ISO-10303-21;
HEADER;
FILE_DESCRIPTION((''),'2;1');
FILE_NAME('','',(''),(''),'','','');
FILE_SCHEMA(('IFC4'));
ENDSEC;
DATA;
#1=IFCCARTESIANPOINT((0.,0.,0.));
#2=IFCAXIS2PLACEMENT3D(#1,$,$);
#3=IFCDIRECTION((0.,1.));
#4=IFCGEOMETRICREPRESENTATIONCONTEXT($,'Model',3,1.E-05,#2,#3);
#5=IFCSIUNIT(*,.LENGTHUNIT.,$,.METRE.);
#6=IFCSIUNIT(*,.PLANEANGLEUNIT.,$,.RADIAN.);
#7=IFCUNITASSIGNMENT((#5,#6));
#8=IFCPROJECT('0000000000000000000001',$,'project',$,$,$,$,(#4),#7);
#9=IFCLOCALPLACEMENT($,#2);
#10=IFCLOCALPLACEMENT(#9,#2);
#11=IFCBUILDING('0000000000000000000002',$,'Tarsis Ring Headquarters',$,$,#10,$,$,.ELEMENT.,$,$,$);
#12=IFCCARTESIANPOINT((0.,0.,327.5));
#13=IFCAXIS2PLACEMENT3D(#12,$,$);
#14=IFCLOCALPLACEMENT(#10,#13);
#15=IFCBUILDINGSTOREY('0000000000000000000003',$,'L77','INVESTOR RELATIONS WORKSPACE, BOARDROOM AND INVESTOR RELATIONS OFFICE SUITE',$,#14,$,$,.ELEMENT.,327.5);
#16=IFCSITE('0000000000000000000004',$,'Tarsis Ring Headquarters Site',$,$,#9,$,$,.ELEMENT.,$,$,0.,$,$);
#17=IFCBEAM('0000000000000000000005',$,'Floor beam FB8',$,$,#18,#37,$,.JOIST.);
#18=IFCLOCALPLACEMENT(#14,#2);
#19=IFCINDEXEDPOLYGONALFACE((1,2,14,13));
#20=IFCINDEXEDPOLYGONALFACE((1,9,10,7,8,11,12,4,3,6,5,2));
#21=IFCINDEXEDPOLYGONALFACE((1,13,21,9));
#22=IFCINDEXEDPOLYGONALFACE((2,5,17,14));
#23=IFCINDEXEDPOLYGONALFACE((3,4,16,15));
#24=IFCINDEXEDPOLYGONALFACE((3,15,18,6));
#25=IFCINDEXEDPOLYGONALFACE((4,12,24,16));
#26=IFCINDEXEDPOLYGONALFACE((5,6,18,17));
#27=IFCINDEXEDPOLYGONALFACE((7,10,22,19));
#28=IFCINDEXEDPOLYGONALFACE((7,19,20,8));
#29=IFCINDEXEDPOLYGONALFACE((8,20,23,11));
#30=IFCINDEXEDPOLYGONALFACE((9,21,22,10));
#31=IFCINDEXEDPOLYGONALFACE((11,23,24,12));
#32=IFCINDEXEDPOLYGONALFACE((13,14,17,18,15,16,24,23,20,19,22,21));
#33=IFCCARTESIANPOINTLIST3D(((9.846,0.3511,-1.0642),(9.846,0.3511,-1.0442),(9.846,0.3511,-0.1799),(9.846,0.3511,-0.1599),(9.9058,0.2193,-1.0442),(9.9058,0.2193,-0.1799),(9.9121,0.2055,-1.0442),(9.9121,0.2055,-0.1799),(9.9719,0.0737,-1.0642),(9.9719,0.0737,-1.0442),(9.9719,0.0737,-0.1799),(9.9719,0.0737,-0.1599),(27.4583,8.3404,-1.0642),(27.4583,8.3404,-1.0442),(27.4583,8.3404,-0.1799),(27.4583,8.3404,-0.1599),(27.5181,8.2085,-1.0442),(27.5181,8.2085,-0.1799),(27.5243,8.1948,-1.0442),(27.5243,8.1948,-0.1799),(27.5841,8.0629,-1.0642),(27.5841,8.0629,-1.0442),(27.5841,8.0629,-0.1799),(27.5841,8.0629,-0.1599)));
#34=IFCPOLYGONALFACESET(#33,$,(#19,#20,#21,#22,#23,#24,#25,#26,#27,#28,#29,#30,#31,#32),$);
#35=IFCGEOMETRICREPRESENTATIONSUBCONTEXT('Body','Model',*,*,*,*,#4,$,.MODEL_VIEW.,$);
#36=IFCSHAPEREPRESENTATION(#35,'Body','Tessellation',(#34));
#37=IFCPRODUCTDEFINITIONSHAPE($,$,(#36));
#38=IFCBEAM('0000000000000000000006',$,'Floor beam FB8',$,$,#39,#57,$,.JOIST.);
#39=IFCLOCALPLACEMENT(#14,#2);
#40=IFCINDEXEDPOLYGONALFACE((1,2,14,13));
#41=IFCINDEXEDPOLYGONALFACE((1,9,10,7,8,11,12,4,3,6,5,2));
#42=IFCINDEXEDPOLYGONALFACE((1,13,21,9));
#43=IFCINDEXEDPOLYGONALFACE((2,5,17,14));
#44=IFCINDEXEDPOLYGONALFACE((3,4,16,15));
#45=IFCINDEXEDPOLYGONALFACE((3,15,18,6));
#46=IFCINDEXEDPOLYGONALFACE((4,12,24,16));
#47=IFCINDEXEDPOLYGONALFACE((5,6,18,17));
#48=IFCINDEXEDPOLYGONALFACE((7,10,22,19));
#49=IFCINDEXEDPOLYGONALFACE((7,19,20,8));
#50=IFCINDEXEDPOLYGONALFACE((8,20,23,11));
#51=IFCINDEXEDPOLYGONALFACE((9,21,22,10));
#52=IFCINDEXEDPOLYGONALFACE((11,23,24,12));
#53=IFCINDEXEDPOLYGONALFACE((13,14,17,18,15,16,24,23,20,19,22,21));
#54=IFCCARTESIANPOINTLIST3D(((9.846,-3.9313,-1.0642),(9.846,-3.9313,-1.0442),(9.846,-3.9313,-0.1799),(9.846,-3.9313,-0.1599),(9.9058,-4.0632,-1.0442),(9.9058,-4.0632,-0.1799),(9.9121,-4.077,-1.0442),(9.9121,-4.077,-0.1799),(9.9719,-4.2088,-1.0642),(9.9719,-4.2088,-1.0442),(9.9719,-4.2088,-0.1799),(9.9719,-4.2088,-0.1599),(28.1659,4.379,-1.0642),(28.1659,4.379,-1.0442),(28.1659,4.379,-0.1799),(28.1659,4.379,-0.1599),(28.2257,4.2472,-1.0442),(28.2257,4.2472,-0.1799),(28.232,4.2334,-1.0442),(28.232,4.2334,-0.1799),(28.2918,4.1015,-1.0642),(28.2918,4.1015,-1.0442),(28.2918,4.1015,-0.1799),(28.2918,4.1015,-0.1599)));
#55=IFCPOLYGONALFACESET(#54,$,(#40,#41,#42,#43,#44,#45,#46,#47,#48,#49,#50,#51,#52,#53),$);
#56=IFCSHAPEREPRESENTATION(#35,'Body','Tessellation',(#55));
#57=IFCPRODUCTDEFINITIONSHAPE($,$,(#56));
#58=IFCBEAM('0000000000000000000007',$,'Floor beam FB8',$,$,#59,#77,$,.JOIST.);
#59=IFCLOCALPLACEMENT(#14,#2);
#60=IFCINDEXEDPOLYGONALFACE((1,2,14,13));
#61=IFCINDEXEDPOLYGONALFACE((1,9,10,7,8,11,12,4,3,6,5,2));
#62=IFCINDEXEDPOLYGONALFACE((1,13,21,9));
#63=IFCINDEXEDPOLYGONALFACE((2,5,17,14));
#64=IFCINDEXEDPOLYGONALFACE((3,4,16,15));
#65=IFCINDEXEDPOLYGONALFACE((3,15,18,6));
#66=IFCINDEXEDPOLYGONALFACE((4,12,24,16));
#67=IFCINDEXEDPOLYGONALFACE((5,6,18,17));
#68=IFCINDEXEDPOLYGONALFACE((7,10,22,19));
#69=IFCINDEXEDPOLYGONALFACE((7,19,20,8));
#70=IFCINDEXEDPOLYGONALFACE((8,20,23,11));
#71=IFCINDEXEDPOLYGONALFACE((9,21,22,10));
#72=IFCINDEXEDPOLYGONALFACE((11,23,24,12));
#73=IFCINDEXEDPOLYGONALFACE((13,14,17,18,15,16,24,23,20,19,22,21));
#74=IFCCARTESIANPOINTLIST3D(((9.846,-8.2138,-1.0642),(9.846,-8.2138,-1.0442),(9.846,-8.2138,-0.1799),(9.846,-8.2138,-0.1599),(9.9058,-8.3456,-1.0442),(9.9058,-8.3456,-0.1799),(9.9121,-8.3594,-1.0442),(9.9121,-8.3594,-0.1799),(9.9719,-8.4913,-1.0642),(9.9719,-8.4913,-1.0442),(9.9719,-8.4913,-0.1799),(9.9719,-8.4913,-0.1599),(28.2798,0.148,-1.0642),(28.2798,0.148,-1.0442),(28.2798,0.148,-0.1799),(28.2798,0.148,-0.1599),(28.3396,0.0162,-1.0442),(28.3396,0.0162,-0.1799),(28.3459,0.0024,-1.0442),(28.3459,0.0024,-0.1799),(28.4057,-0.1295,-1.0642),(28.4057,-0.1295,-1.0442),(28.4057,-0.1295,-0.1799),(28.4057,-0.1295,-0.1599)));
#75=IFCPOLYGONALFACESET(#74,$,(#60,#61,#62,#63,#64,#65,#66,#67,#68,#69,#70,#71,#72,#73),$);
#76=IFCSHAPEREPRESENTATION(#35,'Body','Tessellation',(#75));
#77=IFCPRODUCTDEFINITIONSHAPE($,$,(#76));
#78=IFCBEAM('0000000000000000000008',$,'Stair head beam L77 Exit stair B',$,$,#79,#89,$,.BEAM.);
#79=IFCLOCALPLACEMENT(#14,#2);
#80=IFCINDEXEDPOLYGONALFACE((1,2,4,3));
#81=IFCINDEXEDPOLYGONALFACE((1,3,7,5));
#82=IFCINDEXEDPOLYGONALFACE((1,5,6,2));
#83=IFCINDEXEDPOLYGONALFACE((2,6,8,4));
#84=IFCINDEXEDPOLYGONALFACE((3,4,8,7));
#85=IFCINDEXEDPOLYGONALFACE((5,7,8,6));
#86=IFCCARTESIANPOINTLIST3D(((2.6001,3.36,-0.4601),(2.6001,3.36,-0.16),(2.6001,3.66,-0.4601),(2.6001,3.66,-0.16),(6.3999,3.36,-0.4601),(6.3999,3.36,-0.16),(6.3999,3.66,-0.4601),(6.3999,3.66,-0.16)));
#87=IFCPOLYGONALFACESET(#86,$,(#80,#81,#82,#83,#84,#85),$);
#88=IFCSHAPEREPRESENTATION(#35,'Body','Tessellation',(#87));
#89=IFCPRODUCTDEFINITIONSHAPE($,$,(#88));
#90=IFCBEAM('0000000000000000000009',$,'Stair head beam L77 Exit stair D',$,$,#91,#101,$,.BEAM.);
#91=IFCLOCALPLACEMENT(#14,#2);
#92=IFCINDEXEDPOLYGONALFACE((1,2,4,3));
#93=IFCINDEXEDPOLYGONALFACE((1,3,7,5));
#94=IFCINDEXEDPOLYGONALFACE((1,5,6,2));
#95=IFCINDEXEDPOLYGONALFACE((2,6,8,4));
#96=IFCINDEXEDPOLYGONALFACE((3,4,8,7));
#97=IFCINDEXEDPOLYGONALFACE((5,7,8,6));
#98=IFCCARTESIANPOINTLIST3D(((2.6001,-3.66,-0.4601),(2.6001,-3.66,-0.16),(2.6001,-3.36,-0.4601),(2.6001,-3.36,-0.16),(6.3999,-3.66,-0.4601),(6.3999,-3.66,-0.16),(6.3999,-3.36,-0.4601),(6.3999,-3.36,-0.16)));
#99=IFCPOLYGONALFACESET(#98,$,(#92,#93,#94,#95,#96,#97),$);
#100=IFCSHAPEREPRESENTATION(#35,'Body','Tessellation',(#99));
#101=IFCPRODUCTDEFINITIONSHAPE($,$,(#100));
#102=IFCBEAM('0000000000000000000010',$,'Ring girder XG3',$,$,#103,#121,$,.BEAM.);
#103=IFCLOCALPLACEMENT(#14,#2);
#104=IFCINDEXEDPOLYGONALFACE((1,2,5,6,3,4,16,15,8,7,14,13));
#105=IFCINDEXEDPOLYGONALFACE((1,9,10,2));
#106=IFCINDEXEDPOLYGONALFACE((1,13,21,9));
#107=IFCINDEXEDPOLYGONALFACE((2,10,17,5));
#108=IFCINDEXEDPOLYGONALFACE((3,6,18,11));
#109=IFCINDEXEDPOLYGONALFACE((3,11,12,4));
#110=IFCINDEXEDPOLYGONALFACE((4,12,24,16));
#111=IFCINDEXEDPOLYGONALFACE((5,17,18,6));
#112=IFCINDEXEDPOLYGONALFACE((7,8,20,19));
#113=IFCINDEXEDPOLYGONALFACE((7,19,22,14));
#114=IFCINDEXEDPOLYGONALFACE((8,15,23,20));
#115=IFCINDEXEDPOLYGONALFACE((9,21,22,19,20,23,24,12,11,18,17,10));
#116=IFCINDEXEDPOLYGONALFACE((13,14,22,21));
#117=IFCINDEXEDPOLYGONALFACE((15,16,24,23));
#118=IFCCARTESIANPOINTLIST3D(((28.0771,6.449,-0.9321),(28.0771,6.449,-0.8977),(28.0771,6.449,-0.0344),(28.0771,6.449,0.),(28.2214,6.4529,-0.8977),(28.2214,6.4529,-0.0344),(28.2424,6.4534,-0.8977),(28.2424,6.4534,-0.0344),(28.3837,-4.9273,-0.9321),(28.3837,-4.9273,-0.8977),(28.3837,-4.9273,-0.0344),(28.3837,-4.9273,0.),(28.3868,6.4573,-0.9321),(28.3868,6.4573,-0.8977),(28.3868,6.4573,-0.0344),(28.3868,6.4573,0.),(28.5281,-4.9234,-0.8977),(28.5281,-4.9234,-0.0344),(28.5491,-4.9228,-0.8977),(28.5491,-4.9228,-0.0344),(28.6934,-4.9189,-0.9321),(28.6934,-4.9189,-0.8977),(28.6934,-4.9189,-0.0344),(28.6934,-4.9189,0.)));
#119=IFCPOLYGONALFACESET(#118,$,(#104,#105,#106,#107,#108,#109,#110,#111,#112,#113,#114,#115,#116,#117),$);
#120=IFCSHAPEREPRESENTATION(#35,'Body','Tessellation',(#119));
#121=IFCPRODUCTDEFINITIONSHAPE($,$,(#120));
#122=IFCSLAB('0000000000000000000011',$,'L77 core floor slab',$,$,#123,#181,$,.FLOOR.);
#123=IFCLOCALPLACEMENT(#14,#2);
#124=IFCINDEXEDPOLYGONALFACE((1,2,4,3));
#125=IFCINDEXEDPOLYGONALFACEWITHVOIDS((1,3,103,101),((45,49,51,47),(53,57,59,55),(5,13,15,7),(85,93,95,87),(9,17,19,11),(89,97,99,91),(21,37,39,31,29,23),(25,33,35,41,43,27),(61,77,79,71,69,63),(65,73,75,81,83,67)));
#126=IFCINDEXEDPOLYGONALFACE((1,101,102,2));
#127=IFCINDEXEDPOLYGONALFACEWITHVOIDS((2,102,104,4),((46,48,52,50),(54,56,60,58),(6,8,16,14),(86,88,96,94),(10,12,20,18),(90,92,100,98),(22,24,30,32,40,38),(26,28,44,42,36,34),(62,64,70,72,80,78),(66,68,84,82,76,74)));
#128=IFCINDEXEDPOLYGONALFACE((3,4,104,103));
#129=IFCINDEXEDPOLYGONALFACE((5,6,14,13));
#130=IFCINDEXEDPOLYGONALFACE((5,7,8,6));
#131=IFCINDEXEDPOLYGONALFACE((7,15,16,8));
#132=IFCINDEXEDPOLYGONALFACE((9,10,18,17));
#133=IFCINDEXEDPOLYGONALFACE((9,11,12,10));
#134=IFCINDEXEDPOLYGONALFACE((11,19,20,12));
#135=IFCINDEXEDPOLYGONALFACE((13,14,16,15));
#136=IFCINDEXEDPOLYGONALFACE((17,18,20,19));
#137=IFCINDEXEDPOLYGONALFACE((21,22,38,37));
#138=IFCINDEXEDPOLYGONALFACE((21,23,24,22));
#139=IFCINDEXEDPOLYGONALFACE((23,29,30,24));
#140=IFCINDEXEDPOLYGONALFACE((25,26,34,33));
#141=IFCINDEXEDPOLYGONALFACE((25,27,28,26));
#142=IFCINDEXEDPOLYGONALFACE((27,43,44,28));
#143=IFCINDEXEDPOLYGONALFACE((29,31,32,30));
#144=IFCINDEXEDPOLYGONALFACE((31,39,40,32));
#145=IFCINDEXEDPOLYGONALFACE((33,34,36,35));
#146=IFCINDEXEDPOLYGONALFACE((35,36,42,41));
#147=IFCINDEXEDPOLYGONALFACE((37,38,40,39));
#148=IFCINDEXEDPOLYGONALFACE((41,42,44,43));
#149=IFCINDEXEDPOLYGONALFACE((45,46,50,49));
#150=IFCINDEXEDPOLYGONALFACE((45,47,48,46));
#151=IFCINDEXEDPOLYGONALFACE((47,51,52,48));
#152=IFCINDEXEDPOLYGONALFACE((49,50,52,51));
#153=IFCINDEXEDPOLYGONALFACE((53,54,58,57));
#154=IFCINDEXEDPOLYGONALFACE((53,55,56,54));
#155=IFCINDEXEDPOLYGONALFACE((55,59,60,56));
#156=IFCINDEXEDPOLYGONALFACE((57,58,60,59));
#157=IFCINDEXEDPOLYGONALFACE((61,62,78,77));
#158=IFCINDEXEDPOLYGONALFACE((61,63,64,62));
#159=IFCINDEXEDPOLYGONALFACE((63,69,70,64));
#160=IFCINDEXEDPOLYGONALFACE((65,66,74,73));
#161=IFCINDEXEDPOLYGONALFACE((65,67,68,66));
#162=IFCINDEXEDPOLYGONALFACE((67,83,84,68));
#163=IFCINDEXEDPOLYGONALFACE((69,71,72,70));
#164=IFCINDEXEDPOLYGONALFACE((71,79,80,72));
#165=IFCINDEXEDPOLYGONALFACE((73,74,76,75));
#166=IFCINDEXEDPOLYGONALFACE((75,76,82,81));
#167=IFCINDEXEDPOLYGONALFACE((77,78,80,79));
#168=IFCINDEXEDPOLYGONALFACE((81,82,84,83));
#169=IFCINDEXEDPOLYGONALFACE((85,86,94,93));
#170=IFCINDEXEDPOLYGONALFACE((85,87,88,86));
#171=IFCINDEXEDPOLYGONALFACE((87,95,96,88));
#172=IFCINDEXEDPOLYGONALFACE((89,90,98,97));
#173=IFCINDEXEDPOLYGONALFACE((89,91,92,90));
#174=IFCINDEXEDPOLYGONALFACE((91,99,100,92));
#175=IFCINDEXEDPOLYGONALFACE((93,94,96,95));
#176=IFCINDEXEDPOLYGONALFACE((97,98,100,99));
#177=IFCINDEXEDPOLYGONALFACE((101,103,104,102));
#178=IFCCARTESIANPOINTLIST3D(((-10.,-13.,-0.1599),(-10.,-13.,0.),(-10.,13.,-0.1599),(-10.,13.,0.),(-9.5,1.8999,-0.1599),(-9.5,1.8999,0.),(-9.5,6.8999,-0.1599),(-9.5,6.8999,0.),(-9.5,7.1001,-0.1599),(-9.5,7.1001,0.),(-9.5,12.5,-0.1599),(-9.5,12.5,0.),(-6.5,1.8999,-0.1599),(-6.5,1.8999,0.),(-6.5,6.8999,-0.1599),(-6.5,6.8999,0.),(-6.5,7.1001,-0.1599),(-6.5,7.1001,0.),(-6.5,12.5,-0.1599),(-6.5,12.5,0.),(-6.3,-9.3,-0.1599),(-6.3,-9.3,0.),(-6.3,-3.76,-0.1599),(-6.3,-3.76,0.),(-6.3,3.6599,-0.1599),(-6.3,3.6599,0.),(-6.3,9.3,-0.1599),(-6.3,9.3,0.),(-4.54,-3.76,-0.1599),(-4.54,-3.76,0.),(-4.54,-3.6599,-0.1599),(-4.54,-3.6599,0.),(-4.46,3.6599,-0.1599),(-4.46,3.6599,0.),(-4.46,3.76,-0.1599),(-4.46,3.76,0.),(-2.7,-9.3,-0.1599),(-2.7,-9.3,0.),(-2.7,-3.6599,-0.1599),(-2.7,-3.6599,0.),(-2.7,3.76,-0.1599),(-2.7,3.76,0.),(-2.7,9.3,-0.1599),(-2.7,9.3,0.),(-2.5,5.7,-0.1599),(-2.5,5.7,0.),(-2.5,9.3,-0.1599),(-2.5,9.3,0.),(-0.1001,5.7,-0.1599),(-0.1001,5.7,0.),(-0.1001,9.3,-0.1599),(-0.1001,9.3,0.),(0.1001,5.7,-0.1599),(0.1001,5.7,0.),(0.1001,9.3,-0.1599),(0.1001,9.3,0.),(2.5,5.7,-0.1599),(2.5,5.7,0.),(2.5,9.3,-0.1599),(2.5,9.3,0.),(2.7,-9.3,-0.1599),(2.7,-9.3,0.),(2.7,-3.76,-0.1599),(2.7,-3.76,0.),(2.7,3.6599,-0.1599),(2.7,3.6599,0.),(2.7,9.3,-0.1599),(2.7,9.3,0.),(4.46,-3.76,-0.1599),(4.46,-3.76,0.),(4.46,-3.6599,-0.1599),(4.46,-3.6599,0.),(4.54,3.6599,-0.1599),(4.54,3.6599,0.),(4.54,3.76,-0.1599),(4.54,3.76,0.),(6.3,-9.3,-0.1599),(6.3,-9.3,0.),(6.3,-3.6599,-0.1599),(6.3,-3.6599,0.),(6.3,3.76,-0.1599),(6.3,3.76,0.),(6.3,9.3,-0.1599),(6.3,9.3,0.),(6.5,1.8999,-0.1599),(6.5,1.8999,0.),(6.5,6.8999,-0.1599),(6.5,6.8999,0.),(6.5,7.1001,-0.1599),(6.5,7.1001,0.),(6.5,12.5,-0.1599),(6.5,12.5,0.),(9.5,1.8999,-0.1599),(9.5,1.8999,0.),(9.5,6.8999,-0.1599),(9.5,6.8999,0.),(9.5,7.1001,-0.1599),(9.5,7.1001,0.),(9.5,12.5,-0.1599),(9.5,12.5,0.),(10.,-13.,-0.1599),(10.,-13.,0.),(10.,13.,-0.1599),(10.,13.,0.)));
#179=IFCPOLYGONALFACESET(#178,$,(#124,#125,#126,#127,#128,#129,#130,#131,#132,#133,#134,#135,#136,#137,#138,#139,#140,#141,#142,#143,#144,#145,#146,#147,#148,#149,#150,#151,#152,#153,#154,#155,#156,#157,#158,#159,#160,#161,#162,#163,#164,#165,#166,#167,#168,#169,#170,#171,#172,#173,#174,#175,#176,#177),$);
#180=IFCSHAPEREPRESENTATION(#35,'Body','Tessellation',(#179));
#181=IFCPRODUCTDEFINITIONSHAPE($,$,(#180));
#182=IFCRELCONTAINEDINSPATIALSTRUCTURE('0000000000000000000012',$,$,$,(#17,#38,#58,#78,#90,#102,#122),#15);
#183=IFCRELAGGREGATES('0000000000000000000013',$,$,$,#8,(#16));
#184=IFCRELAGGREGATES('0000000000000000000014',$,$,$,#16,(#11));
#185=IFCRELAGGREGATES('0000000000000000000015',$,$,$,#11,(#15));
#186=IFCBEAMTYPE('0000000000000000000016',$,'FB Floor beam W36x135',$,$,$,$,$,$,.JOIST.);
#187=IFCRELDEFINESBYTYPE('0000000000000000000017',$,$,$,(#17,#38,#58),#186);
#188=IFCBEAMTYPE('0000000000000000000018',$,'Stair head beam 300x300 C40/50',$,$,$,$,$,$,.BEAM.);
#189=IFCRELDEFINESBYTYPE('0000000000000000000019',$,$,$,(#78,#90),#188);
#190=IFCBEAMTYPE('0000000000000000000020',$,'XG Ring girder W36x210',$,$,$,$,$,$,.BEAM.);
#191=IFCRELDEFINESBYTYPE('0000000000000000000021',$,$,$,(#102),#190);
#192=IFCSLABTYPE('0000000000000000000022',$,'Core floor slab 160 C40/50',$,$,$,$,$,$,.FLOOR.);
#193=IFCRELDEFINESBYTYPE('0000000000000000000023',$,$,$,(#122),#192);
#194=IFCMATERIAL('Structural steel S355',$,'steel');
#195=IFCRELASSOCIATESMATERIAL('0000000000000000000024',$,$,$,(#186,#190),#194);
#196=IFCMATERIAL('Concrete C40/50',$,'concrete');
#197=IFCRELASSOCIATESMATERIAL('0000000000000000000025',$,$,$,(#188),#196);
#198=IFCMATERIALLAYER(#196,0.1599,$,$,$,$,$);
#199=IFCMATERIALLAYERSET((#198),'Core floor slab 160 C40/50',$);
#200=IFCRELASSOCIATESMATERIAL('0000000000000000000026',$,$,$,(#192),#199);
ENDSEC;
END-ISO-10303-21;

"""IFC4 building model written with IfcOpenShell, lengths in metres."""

from ifc_helpers import new_model, si_unit, direction, frame, origin, origin_2d, place, context, subcontext, project, spatial, polyline, rectangle, i_section, outline, extrude, material, layer, layer_set, material_profile, profile_set, type_object, element, save


model = new_model("IFC4")

# Units and contexts
model_context = context("Model", 3, precision=1e-05, world=origin(), true_north=direction((0.0, 1.0)))
body_context = subcontext(model_context, "Body", "Model", "MODEL_VIEW")
ifc_project = project(units=[si_unit("LENGTHUNIT", "METRE"), si_unit("PLANEANGLEUNIT", "RADIAN")], contexts=[model_context])

# Site, building, storey
site_placement = place(None, origin())
site = spatial("IfcSite", under=ifc_project, at=site_placement, Name="Tarsis Ring Headquarters Site", CompositionType="ELEMENT", RefElevation=0.0)
building_placement = place(site_placement, origin())
building = spatial("IfcBuilding", under=site, at=building_placement, Name="Tarsis Ring Headquarters", CompositionType="ELEMENT")
storey_placement = place(building_placement, frame((0.0, 0.0, 327.5)))
storey = spatial("IfcBuildingStorey", under=building, at=storey_placement, Name="L77", Description="INVESTOR RELATIONS WORKSPACE, BOARDROOM AND INVESTOR RELATIONS OFFICE SUITE", CompositionType="ELEMENT", Elevation=327.5)

# Shared definitions
ifc_material_1 = material(Name="Structural steel S355", Category="steel")

# Beams
ifc_material_profile_1 = material_profile(ifc_material_1, i_section(OverallWidth=0.3047, OverallDepth=0.9043, WebThickness=0.0151, FlangeThickness=0.02, at=origin_2d()), Name="W36x135")
ifc_profile_set_1 = profile_set([ifc_material_profile_1], Name="Structural steel S355")
beam_type_1 = type_object("IfcBeamType", Name="FB Floor beam W36x135", PredefinedType="JOIST", material=ifc_profile_set_1)
beam_1_placement = place(storey_placement, frame((9.9089, 0.2124, -0.6121), z_axis=(0.910684, 0.413103, 0.0), x_axis=(-0.413103, 0.910684, 0.0)))
element("IfcBeam", 1, at=beam_1_placement, inside=storey, type_object=beam_type_1, Name="Floor beam FB8", PredefinedType="JOIST", context=body_context, shape_type="SweptSolid", body=[
    extrude(i_section(OverallWidth=0.3047, OverallDepth=0.9043, WebThickness=0.0151, FlangeThickness=0.02, at=origin_2d()), origin(), (0.0, 0.0, 1.0), 19.3396),
])
beam_2_placement = place(storey_placement, frame((9.9089, -4.0701, -0.6121), z_axis=(0.910683, 0.413107, 0.0), x_axis=(-0.413107, 0.910683, 0.0)))
element("IfcBeam", 2, at=beam_2_placement, inside=storey, type_object=beam_type_1, Name="Floor beam FB8", PredefinedType="JOIST", context=body_context, shape_type="SweptSolid", body=[
    extrude(i_section(OverallWidth=0.3047, OverallDepth=0.9043, WebThickness=0.0151, FlangeThickness=0.02, at=origin_2d()), origin(), (0.0, 0.0, 1.0), 20.1167),
])
beam_3_placement = place(storey_placement, frame((9.9089, -8.3525, -0.6121), z_axis=(0.910686, 0.413099, 0.0), x_axis=(-0.413099, 0.910686, 0.0)))
element("IfcBeam", 3, at=beam_3_placement, inside=storey, type_object=beam_type_1, Name="Floor beam FB8", PredefinedType="JOIST", context=body_context, shape_type="SweptSolid", body=[
    extrude(i_section(OverallWidth=0.3047, OverallDepth=0.9043, WebThickness=0.0151, FlangeThickness=0.02, at=origin_2d()), origin(), (0.0, 0.0, 1.0), 20.2417),
])
ifc_material_2 = material(Name="Concrete C40/50", Category="concrete")
ifc_material_profile_2 = material_profile(ifc_material_2, rectangle(XDim=0.3, YDim=0.3, at=origin_2d()), Name="Stair head beam 300x300 C40/50")
ifc_profile_set_2 = profile_set([ifc_material_profile_2], Name="Concrete C40/50")
beam_type_2 = type_object("IfcBeamType", Name="Stair head beam 300x300 C40/50", PredefinedType="BEAM", material=ifc_profile_set_2)
for number, where, z_axis, x_axis, name in (
    (4, (2.6001, 3.51, -0.3101), (1.0, 0.0, 0.0), (0.0, 1.0, 0.0), "Stair head beam L77 Exit stair B"),
    (5, (2.6001, -3.51, -0.3101), (1.0, 0.0, 0.0), (0.0, 1.0, 0.0), "Stair head beam L77 Exit stair D"),
):
    element("IfcBeam", number, at=place(storey_placement, frame(where, z_axis=z_axis, x_axis=x_axis)), inside=storey, type_object=beam_type_2, Name=name, PredefinedType="BEAM", context=body_context, shape_type="SweptSolid", body=[
        extrude(rectangle(XDim=0.3, YDim=0.3, at=origin_2d()), origin(), (0.0, 0.0, 1.0), 3.7998),
    ])
ifc_material_profile_3 = material_profile(ifc_material_1, i_section(OverallWidth=0.3098, OverallDepth=0.9321, WebThickness=0.021, FlangeThickness=0.0344, at=origin_2d()), Name="W36x210")
ifc_profile_set_3 = profile_set([ifc_material_profile_3], Name="Structural steel S355")
beam_type_3 = type_object("IfcBeamType", Name="XG Ring girder W36x210", PredefinedType="BEAM", material=ifc_profile_set_3)
beam_4_placement = place(storey_placement, frame((28.5386, -4.9231, -0.4661), z_axis=(-0.026945, 0.999637, 0.0), x_axis=(-0.999637, -0.026945, 0.0)))
element("IfcBeam", 6, at=beam_4_placement, inside=storey, type_object=beam_type_3, Name="Ring girder XG3", PredefinedType="BEAM", context=body_context, shape_type="SweptSolid", body=[
    extrude(i_section(OverallWidth=0.3098, OverallDepth=0.9321, WebThickness=0.021, FlangeThickness=0.0344, at=origin_2d()), origin(), (0.0, 0.0, 1.0), 11.3804),
])

# Slab
ifc_layer_1 = layer(ifc_material_2, 0.1599)
ifc_layer_set_1 = layer_set([ifc_layer_1], Name="Core floor slab 160 C40/50")
slab_type_1 = type_object("IfcSlabType", Name="Core floor slab 160 C40/50", PredefinedType="FLOOR", material=ifc_layer_set_1)
slab_1_placement = place(storey_placement, frame((0.0, 0.0, -0.1599)))
element("IfcSlab", 7, at=slab_1_placement, inside=storey, type_object=slab_type_1, Name="L77 core floor slab", PredefinedType="FLOOR", context=body_context, shape_type="SweptSolid", body=[
    extrude(outline(polyline([(-10.0, -13.0), (10.0, -13.0), (10.0, 13.0), (-10.0, 13.0), (-10.0, -13.0)]), holes=[polyline([(-2.5, 5.7), (-0.1001, 5.7), (-0.1001, 9.3), (-2.5, 9.3), (-2.5, 5.7)]), polyline([(0.1001, 5.7), (2.5, 5.7), (2.5, 9.3), (0.1001, 9.3), (0.1001, 5.7)]), polyline([(-9.5, 1.8999), (-6.5, 1.8999), (-6.5, 6.8999), (-9.5, 6.8999), (-9.5, 1.8999)]), polyline([(-9.5, 7.1001), (-6.5, 7.1001), (-6.5, 12.5), (-9.5, 12.5), (-9.5, 7.1001)]), polyline([(6.5, 1.8999), (9.5, 1.8999), (9.5, 6.8999), (6.5, 6.8999), (6.5, 1.8999)]), polyline([(6.5, 7.1001), (9.5, 7.1001), (9.5, 12.5), (6.5, 12.5), (6.5, 7.1001)]), polyline([(-2.7, 3.76), (-2.7, 9.3), (-6.3, 9.3), (-6.3, 3.6599), (-4.46, 3.6599), (-4.46, 3.76), (-2.7, 3.76)]), polyline([(6.3, 3.76), (6.3, 9.3), (2.7, 9.3), (2.7, 3.6599), (4.54, 3.6599), (4.54, 3.76), (6.3, 3.76)]), polyline([(-6.3, -3.76), (-6.3, -9.3), (-2.7, -9.3), (-2.7, -3.6599), (-4.54, -3.6599), (-4.54, -3.76), (-6.3, -3.76)]), polyline([(2.7, -3.76), (2.7, -9.3), (6.3, -9.3), (6.3, -3.6599), (4.46, -3.6599), (4.46, -3.76), (2.7, -3.76)])]), origin(), (0.0, 0.0, 1.0), 0.1599),
])

save(model, "model.ifc")
